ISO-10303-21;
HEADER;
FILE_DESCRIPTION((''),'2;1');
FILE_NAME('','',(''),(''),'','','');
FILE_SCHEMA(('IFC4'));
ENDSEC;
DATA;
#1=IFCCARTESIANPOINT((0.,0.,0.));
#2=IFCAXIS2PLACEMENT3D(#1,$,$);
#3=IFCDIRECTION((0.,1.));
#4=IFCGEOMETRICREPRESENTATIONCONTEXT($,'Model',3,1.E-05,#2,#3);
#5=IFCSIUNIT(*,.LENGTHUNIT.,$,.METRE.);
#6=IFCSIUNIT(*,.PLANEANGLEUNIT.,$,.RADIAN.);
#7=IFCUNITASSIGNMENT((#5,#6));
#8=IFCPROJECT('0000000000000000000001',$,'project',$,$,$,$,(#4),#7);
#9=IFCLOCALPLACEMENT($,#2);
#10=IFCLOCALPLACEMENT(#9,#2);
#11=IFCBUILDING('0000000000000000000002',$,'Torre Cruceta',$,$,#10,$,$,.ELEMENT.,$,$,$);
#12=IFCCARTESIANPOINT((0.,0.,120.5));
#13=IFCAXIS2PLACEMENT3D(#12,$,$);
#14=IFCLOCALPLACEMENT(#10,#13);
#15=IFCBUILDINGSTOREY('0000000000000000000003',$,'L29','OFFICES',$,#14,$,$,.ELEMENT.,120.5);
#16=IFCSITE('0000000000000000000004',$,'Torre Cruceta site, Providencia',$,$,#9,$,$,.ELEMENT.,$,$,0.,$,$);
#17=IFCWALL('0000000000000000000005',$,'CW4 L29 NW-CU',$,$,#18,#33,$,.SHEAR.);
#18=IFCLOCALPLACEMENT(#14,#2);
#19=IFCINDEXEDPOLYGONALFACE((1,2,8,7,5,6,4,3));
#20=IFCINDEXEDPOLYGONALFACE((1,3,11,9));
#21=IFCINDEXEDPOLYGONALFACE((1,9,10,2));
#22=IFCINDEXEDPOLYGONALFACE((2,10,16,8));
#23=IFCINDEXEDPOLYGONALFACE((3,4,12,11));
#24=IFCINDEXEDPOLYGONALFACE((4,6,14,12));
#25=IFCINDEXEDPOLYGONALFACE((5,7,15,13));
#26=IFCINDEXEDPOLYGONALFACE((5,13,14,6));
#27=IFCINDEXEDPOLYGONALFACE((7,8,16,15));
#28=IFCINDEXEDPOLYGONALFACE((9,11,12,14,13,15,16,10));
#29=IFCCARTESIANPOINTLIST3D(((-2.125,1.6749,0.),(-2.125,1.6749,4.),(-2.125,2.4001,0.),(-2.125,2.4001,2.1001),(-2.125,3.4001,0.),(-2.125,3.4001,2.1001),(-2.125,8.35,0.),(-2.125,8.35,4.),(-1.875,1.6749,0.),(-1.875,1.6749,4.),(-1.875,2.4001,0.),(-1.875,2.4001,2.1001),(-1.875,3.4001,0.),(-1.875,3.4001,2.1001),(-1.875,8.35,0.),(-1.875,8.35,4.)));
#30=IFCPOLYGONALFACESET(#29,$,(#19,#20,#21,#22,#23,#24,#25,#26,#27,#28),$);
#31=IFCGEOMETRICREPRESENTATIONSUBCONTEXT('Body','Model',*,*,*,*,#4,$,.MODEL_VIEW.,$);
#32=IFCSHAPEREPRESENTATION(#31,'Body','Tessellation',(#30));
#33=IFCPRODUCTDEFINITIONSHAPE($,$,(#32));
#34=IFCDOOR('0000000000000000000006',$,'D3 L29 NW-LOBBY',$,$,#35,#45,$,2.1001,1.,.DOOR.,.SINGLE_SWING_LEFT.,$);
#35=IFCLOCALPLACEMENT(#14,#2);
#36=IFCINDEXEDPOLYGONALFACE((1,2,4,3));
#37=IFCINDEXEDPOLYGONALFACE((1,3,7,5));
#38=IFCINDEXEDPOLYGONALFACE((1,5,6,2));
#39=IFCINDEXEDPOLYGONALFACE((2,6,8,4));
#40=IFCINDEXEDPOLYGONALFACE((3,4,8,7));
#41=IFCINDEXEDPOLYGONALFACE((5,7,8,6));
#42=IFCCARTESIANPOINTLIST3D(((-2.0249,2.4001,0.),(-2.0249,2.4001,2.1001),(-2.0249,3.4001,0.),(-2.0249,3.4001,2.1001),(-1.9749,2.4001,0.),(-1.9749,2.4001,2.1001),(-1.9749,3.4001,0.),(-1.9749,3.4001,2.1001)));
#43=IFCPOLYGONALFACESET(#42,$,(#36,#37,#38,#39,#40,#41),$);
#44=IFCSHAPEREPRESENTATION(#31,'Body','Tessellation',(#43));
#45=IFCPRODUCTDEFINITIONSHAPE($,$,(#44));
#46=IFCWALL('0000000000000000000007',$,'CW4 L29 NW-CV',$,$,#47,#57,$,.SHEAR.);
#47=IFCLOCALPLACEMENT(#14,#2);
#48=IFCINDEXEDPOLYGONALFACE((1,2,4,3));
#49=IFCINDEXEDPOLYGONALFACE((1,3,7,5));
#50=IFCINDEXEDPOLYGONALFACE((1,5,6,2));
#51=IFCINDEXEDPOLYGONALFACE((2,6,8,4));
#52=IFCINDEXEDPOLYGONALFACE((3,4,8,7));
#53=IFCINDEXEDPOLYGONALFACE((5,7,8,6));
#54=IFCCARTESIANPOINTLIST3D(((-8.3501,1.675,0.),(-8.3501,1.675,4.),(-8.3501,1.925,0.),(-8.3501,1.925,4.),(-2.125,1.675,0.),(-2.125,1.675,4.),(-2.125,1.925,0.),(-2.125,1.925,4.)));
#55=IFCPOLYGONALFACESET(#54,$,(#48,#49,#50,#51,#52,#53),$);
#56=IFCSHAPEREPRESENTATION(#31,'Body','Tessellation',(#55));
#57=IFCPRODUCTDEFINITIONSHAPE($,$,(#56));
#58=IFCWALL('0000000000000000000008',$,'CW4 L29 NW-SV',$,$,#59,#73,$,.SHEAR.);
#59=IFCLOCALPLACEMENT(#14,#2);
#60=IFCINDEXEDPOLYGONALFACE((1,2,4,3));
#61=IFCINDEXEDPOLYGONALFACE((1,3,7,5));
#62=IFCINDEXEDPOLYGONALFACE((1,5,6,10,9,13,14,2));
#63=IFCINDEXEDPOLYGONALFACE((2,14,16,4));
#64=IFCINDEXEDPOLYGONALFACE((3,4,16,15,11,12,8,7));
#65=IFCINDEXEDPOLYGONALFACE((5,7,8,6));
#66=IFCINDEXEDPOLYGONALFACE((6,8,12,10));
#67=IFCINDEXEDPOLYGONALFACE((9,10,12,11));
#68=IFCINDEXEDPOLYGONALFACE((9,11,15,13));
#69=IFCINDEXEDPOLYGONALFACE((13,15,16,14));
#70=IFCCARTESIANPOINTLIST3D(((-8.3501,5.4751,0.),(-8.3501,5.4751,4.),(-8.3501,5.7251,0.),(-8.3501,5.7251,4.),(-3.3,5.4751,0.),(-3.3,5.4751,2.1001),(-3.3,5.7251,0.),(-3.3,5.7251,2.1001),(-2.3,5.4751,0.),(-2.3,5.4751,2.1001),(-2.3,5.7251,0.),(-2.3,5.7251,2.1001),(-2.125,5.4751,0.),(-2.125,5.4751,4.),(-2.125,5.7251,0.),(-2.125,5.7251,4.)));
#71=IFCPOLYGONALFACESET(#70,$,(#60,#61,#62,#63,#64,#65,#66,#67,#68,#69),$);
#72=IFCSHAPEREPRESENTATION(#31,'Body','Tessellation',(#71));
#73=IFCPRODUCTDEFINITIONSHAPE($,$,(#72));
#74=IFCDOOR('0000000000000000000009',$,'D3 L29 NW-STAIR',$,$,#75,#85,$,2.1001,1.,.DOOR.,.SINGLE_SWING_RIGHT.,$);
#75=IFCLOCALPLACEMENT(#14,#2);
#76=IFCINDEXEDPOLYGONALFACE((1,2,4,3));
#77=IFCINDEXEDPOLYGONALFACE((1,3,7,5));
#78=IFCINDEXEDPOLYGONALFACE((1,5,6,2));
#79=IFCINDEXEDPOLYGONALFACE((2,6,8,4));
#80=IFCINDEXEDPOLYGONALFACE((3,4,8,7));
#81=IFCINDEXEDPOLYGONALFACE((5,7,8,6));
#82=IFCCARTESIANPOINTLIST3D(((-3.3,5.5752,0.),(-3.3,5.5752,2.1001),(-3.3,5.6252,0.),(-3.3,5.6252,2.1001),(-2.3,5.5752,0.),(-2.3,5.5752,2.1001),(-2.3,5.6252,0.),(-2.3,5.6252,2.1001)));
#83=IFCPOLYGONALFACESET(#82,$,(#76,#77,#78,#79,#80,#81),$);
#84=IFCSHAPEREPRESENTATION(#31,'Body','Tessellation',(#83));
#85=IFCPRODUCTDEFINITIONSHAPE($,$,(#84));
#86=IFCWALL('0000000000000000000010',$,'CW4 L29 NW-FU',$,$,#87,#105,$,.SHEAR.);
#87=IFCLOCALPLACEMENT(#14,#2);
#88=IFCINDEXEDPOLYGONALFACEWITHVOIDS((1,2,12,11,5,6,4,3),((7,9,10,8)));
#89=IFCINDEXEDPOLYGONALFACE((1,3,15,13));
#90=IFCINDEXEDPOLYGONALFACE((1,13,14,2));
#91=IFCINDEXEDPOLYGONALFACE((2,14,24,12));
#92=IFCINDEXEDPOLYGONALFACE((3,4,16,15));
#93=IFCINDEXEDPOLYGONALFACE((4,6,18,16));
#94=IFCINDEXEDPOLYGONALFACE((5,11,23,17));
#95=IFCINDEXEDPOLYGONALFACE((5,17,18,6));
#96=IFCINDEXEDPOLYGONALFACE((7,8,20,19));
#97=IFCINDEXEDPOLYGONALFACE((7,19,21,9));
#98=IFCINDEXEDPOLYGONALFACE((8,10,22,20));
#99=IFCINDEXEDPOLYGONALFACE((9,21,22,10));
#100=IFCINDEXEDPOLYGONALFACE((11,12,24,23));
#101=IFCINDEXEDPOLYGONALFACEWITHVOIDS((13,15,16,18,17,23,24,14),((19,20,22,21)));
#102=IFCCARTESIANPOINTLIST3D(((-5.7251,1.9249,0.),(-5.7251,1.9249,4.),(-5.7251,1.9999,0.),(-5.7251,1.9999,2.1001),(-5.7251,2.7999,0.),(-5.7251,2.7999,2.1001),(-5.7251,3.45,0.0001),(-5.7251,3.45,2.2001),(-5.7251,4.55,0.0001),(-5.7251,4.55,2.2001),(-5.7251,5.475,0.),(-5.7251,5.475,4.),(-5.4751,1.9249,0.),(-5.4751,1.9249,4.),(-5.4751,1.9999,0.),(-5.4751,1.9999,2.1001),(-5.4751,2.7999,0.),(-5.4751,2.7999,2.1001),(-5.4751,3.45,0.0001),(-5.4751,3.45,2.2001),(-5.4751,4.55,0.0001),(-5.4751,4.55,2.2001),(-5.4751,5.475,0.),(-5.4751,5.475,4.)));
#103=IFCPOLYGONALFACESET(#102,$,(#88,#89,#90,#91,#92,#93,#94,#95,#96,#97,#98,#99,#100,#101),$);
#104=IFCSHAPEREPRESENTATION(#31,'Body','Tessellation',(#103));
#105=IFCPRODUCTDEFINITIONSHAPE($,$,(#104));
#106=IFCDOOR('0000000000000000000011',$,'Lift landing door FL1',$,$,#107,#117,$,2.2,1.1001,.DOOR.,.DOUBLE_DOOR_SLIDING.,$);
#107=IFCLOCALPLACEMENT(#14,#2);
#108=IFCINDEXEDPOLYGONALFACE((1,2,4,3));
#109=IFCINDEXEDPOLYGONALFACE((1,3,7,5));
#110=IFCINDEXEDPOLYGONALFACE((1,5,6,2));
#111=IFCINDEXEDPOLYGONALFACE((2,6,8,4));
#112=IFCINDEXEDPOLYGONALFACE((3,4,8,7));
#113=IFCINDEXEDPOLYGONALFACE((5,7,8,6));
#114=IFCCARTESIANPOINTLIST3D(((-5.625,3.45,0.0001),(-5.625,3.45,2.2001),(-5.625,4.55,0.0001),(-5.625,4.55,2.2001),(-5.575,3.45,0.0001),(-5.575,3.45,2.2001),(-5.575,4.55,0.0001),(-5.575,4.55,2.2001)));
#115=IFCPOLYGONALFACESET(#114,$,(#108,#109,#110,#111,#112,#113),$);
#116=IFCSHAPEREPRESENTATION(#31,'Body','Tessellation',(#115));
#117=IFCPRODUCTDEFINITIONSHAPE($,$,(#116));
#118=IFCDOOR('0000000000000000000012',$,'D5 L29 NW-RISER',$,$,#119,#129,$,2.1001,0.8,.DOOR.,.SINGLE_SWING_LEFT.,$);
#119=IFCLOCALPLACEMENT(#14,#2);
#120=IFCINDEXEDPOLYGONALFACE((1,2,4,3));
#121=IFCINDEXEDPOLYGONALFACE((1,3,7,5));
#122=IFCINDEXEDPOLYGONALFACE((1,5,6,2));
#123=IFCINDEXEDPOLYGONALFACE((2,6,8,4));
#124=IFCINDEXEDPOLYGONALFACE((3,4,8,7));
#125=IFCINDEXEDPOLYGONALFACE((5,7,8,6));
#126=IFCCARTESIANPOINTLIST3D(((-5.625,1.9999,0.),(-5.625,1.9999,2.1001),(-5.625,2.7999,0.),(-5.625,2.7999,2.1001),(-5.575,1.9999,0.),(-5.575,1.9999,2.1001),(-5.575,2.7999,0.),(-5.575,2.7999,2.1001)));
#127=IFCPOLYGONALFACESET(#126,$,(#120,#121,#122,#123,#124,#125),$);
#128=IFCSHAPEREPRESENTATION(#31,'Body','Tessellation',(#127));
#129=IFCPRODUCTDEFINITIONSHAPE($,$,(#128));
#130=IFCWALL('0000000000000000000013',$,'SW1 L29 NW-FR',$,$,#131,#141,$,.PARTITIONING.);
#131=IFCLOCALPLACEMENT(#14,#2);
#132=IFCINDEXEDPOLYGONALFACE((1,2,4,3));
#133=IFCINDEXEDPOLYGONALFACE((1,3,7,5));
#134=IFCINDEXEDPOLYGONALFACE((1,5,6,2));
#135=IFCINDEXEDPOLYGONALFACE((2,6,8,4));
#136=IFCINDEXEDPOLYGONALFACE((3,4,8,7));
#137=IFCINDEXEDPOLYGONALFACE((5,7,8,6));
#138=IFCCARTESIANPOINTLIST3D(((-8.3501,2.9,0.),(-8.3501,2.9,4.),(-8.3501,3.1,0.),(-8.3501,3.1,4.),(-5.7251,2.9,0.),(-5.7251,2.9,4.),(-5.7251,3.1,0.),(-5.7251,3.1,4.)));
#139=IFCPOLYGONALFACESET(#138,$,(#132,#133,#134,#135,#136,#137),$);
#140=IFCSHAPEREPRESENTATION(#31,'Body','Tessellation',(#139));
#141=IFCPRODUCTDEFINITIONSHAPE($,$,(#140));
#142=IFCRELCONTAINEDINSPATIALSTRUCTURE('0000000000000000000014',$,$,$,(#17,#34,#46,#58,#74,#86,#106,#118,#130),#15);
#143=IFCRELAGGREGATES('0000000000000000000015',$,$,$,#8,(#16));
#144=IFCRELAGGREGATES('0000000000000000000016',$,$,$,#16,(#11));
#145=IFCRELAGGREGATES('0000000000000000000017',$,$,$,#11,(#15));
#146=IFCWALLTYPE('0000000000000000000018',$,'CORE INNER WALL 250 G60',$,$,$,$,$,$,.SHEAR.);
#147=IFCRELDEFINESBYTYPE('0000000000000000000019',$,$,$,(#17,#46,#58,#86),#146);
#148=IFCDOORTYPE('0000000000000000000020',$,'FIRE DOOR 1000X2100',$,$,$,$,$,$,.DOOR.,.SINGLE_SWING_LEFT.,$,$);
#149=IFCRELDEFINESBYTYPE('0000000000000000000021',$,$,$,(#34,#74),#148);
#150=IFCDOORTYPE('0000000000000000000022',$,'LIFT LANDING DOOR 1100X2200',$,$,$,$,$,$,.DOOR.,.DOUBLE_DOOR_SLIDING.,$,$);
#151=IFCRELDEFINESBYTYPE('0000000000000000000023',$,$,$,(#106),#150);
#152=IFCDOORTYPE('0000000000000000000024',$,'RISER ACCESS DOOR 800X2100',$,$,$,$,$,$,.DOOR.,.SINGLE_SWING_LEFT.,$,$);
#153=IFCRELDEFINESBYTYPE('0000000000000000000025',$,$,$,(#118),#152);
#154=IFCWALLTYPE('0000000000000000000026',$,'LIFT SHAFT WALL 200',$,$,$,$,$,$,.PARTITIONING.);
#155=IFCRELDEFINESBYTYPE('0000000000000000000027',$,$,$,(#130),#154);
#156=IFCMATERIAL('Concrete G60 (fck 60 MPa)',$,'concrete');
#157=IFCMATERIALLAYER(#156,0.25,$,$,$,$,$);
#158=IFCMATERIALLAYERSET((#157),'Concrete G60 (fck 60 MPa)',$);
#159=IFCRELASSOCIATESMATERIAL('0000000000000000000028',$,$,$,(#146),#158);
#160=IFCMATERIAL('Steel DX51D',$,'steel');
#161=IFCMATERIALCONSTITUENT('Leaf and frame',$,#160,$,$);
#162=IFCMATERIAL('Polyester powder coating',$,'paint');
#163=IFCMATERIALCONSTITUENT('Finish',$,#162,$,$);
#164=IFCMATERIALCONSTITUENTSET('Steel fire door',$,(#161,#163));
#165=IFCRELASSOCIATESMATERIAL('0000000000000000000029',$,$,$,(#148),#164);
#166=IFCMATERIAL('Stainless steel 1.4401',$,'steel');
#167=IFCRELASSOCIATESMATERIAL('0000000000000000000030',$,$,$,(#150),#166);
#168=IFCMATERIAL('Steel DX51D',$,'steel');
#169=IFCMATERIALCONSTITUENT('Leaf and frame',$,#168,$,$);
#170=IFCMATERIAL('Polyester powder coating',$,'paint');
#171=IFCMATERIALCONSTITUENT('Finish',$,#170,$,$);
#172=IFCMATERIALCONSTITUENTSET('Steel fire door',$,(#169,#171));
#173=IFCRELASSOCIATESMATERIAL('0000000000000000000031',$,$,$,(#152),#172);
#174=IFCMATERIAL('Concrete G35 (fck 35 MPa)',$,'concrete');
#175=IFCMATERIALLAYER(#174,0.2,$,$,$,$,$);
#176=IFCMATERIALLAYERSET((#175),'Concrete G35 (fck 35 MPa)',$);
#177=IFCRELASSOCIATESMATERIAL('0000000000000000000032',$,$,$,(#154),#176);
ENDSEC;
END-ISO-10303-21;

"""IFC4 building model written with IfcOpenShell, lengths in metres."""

from ifc_helpers import new_model, si_unit, direction, frame, frame_2d, origin, place, context, subcontext, project, spatial, rectangle, extrude, material, layer, layer_set, constituent, constituent_set, type_object, element, fill, save


model = new_model("IFC4")

# Units and contexts
model_context = context("Model", 3, precision=1e-05, world=origin(), true_north=direction((0.0, 1.0)))
body_context = subcontext(model_context, "Body", "Model", "MODEL_VIEW")
ifc_project = project(units=[si_unit("LENGTHUNIT", "METRE"), si_unit("PLANEANGLEUNIT", "RADIAN")], contexts=[model_context])

# Site, building, storey
site_placement = place(None, origin())
site = spatial("IfcSite", under=ifc_project, at=site_placement, Name="Torre Cruceta site, Providencia", CompositionType="ELEMENT", RefElevation=0.0)
building_placement = place(site_placement, origin())
building = spatial("IfcBuilding", under=site, at=building_placement, Name="Torre Cruceta", CompositionType="ELEMENT")
storey_placement = place(building_placement, frame((0.0, 0.0, 120.5)))
storey = spatial("IfcBuildingStorey", under=building, at=storey_placement, Name="L29", Description="OFFICES", CompositionType="ELEMENT", Elevation=120.5)

# Wall, opening, door
ifc_material_1 = material(Name="Concrete G60 (fck 60 MPa)", Category="concrete")
ifc_layer_1 = layer(ifc_material_1, 0.25)
ifc_layer_set_1 = layer_set([ifc_layer_1], Name="Concrete G60 (fck 60 MPa)")
wall_type_1 = type_object("IfcWallType", Name="CORE INNER WALL 250 G60", PredefinedType="SHEAR", material=ifc_layer_set_1)
wall_1_placement = place(storey_placement, frame((-2.0, 1.675, 0.0), z_axis=(0.0, 0.0, 1.0), x_axis=(0.0, 1.0, 0.0)))
wall_1 = element("IfcWall", 1, at=wall_1_placement, inside=storey, type_object=wall_type_1, Name="CW4 L29 NW-CU", PredefinedType="SHEAR", context=body_context, shape_type="SweptSolid", body=[
    extrude(rectangle(XDim=6.675, YDim=0.25, at=frame_2d((3.3374, 0.0))), origin(), (0.0, 0.0, 1.0), 4.0),
])
opening_1_placement = place(wall_1_placement, frame((0.7251, 0.0, 0.0)))
opening_1 = element("IfcOpeningElement", 2, at=opening_1_placement, cuts=wall_1, PredefinedType="OPENING", context=body_context, shape_type="SweptSolid", body=[
    extrude(rectangle(XDim=1.0, YDim=2.1001, at=frame_2d((0.5, 1.05))), frame((0.0, 0.135, 0.0), z_axis=(0.0, -1.0, 0.0), x_axis=(1.0, 0.0, 0.0)), (0.0, 0.0, 1.0), 0.27),
])
ifc_material_2 = material(Name="Steel DX51D", Category="steel")
ifc_constituent_1 = constituent(ifc_material_2, Name="Leaf and frame")
ifc_material_3 = material(Name="Polyester powder coating", Category="paint")
ifc_constituent_2 = constituent(ifc_material_3, Name="Finish")
ifc_constituent_set_1 = constituent_set(constituents=[ifc_constituent_1, ifc_constituent_2], Name="Steel fire door")
door_type_1 = type_object("IfcDoorType", Name="FIRE DOOR 1000X2100", OperationType="SINGLE_SWING_LEFT", PredefinedType="DOOR", material=ifc_constituent_set_1)
door_1_placement = place(opening_1_placement, origin())
door_1 = element("IfcDoor", 3, at=door_1_placement, inside=storey, type_object=door_type_1, Name="D3 L29 NW-LOBBY", OperationType="SINGLE_SWING_LEFT", OverallHeight=2.1001, OverallWidth=1.0, PredefinedType="DOOR", context=body_context, shape_type="SweptSolid", body=[
    extrude(rectangle(XDim=1.0, YDim=2.1001, at=frame_2d((0.5, 1.05))), frame((0.0, 0.0249, 0.0), z_axis=(0.0, -1.0, 0.0), x_axis=(1.0, 0.0, 0.0)), (0.0, 0.0, 1.0), 0.05),
])
fill(opening_1, door_1)

# Wall
wall_2_placement = place(storey_placement, frame((-2.125, 1.8, 0.0), z_axis=(0.0, 0.0, 1.0), x_axis=(-1.0, 0.0, 0.0)))
element("IfcWall", 4, at=wall_2_placement, inside=storey, type_object=wall_type_1, Name="CW4 L29 NW-CV", PredefinedType="SHEAR", context=body_context, shape_type="SweptSolid", body=[
    extrude(rectangle(XDim=6.2251, YDim=0.25, at=frame_2d((3.1125, 0.0))), origin(), (0.0, 0.0, 1.0), 4.0),
])

# Wall, opening, door
wall_3_placement = place(storey_placement, frame((-2.125, 5.6001, 0.0), z_axis=(0.0, 0.0, 1.0), x_axis=(-1.0, 0.0, 0.0)))
wall_3 = element("IfcWall", 5, at=wall_3_placement, inside=storey, type_object=wall_type_1, Name="CW4 L29 NW-SV", PredefinedType="SHEAR", context=body_context, shape_type="SweptSolid", body=[
    extrude(rectangle(XDim=6.2251, YDim=0.25, at=frame_2d((3.1125, 0.0))), origin(), (0.0, 0.0, 1.0), 4.0),
])
opening_2_placement = place(wall_3_placement, frame((0.175, 0.0, 0.0)))
opening_2 = element("IfcOpeningElement", 6, at=opening_2_placement, cuts=wall_3, PredefinedType="OPENING", context=body_context, shape_type="SweptSolid", body=[
    extrude(rectangle(XDim=1.0, YDim=2.1001, at=frame_2d((0.5, 1.05))), frame((0.0, 0.135, 0.0), z_axis=(0.0, -1.0, 0.0), x_axis=(1.0, 0.0, 0.0)), (0.0, 0.0, 1.0), 0.27),
])
door_2_placement = place(opening_2_placement, frame((1.0, 0.0, 0.0), z_axis=(0.0, 0.0, 1.0), x_axis=(-1.0, 0.0, 0.0)))
door_2 = element("IfcDoor", 7, at=door_2_placement, inside=storey, type_object=door_type_1, Name="D3 L29 NW-STAIR", OperationType="SINGLE_SWING_RIGHT", OverallHeight=2.1001, OverallWidth=1.0, PredefinedType="DOOR", context=body_context, shape_type="SweptSolid", body=[
    extrude(rectangle(XDim=1.0, YDim=2.1001, at=frame_2d((0.5, 1.05))), frame((0.0, 0.0251, 0.0), z_axis=(0.0, -1.0, 0.0), x_axis=(1.0, 0.0, 0.0)), (0.0, 0.0, 1.0), 0.05),
])
fill(opening_2, door_2)

# Wall, openings, doors
wall_4_placement = place(storey_placement, frame((-5.6001, 1.925, 0.0), z_axis=(0.0, 0.0, 1.0), x_axis=(0.0, 1.0, 0.0)))
wall_4 = element("IfcWall", 8, at=wall_4_placement, inside=storey, type_object=wall_type_1, Name="CW4 L29 NW-FU", PredefinedType="SHEAR", context=body_context, shape_type="SweptSolid", body=[
    extrude(rectangle(XDim=3.55, YDim=0.25, at=frame_2d((1.7749, 0.0))), origin(), (0.0, 0.0, 1.0), 4.0),
])
opening_3_placement = place(wall_4_placement, frame((1.5249, 0.0, 0.0)))
opening_3 = element("IfcOpeningElement", 9, at=opening_3_placement, cuts=wall_4, PredefinedType="OPENING", context=body_context, shape_type="SweptSolid", body=[
    extrude(rectangle(XDim=1.1001, YDim=2.2, at=frame_2d((0.55, 1.1001))), frame((0.0, 0.135, 0.0), z_axis=(0.0, -1.0, 0.0), x_axis=(1.0, 0.0, 0.0)), (0.0, 0.0, 1.0), 0.27),
])
opening_4_placement = place(wall_4_placement, frame((0.075, 0.0, 0.0)))
opening_4 = element("IfcOpeningElement", 10, at=opening_4_placement, cuts=wall_4, PredefinedType="OPENING", context=body_context, shape_type="SweptSolid", body=[
    extrude(rectangle(XDim=0.8, YDim=2.1001, at=frame_2d((0.3999, 1.05))), frame((0.0, 0.135, 0.0), z_axis=(0.0, -1.0, 0.0), x_axis=(1.0, 0.0, 0.0)), (0.0, 0.0, 1.0), 0.27),
])
ifc_material_4 = material(Name="Stainless steel 1.4401", Category="steel")
door_type_2 = type_object("IfcDoorType", Name="LIFT LANDING DOOR 1100X2200", OperationType="DOUBLE_DOOR_SLIDING", PredefinedType="DOOR", material=ifc_material_4)
door_3_placement = place(opening_3_placement, origin())
door_3 = element("IfcDoor", 11, at=door_3_placement, inside=storey, type_object=door_type_2, Name="Lift landing door FL1", OperationType="DOUBLE_DOOR_SLIDING", OverallHeight=2.2, OverallWidth=1.1001, PredefinedType="DOOR", context=body_context, shape_type="SweptSolid", body=[
    extrude(rectangle(XDim=1.1001, YDim=2.2, at=frame_2d((0.55, 1.1001))), frame((0.0, 0.0249, 0.0), z_axis=(0.0, -1.0, 0.0), x_axis=(1.0, 0.0, 0.0)), (0.0, 0.0, 1.0), 0.05),
])
fill(opening_3, door_3)
ifc_material_5 = material(Name="Steel DX51D", Category="steel")
ifc_constituent_3 = constituent(ifc_material_5, Name="Leaf and frame")
ifc_material_6 = material(Name="Polyester powder coating", Category="paint")
ifc_constituent_4 = constituent(ifc_material_6, Name="Finish")
ifc_constituent_set_2 = constituent_set(constituents=[ifc_constituent_3, ifc_constituent_4], Name="Steel fire door")
door_type_3 = type_object("IfcDoorType", Name="RISER ACCESS DOOR 800X2100", OperationType="SINGLE_SWING_LEFT", PredefinedType="DOOR", material=ifc_constituent_set_2)
door_4_placement = place(opening_4_placement, origin())
door_4 = element("IfcDoor", 12, at=door_4_placement, inside=storey, type_object=door_type_3, Name="D5 L29 NW-RISER", OperationType="SINGLE_SWING_LEFT", OverallHeight=2.1001, OverallWidth=0.8, PredefinedType="DOOR", context=body_context, shape_type="SweptSolid", body=[
    extrude(rectangle(XDim=0.8, YDim=2.1001, at=frame_2d((0.3999, 1.05))), frame((0.0, 0.0249, 0.0), z_axis=(0.0, -1.0, 0.0), x_axis=(1.0, 0.0, 0.0)), (0.0, 0.0, 1.0), 0.05),
])
fill(opening_4, door_4)

# Wall
ifc_material_7 = material(Name="Concrete G35 (fck 35 MPa)", Category="concrete")
ifc_layer_2 = layer(ifc_material_7, 0.2)
ifc_layer_set_2 = layer_set([ifc_layer_2], Name="Concrete G35 (fck 35 MPa)")
wall_type_2 = type_object("IfcWallType", Name="LIFT SHAFT WALL 200", PredefinedType="PARTITIONING", material=ifc_layer_set_2)
wall_5_placement = place(storey_placement, frame((-5.7251, 3.0, 0.0), z_axis=(0.0, 0.0, 1.0), x_axis=(-1.0, 0.0, 0.0)))
element("IfcWall", 13, at=wall_5_placement, inside=storey, type_object=wall_type_2, Name="SW1 L29 NW-FR", PredefinedType="PARTITIONING", context=body_context, shape_type="SweptSolid", body=[
    extrude(rectangle(XDim=2.625, YDim=0.2, at=frame_2d((1.3125, 0.0))), origin(), (0.0, 0.0, 1.0), 4.0),
])

save(model, "model.ifc")
